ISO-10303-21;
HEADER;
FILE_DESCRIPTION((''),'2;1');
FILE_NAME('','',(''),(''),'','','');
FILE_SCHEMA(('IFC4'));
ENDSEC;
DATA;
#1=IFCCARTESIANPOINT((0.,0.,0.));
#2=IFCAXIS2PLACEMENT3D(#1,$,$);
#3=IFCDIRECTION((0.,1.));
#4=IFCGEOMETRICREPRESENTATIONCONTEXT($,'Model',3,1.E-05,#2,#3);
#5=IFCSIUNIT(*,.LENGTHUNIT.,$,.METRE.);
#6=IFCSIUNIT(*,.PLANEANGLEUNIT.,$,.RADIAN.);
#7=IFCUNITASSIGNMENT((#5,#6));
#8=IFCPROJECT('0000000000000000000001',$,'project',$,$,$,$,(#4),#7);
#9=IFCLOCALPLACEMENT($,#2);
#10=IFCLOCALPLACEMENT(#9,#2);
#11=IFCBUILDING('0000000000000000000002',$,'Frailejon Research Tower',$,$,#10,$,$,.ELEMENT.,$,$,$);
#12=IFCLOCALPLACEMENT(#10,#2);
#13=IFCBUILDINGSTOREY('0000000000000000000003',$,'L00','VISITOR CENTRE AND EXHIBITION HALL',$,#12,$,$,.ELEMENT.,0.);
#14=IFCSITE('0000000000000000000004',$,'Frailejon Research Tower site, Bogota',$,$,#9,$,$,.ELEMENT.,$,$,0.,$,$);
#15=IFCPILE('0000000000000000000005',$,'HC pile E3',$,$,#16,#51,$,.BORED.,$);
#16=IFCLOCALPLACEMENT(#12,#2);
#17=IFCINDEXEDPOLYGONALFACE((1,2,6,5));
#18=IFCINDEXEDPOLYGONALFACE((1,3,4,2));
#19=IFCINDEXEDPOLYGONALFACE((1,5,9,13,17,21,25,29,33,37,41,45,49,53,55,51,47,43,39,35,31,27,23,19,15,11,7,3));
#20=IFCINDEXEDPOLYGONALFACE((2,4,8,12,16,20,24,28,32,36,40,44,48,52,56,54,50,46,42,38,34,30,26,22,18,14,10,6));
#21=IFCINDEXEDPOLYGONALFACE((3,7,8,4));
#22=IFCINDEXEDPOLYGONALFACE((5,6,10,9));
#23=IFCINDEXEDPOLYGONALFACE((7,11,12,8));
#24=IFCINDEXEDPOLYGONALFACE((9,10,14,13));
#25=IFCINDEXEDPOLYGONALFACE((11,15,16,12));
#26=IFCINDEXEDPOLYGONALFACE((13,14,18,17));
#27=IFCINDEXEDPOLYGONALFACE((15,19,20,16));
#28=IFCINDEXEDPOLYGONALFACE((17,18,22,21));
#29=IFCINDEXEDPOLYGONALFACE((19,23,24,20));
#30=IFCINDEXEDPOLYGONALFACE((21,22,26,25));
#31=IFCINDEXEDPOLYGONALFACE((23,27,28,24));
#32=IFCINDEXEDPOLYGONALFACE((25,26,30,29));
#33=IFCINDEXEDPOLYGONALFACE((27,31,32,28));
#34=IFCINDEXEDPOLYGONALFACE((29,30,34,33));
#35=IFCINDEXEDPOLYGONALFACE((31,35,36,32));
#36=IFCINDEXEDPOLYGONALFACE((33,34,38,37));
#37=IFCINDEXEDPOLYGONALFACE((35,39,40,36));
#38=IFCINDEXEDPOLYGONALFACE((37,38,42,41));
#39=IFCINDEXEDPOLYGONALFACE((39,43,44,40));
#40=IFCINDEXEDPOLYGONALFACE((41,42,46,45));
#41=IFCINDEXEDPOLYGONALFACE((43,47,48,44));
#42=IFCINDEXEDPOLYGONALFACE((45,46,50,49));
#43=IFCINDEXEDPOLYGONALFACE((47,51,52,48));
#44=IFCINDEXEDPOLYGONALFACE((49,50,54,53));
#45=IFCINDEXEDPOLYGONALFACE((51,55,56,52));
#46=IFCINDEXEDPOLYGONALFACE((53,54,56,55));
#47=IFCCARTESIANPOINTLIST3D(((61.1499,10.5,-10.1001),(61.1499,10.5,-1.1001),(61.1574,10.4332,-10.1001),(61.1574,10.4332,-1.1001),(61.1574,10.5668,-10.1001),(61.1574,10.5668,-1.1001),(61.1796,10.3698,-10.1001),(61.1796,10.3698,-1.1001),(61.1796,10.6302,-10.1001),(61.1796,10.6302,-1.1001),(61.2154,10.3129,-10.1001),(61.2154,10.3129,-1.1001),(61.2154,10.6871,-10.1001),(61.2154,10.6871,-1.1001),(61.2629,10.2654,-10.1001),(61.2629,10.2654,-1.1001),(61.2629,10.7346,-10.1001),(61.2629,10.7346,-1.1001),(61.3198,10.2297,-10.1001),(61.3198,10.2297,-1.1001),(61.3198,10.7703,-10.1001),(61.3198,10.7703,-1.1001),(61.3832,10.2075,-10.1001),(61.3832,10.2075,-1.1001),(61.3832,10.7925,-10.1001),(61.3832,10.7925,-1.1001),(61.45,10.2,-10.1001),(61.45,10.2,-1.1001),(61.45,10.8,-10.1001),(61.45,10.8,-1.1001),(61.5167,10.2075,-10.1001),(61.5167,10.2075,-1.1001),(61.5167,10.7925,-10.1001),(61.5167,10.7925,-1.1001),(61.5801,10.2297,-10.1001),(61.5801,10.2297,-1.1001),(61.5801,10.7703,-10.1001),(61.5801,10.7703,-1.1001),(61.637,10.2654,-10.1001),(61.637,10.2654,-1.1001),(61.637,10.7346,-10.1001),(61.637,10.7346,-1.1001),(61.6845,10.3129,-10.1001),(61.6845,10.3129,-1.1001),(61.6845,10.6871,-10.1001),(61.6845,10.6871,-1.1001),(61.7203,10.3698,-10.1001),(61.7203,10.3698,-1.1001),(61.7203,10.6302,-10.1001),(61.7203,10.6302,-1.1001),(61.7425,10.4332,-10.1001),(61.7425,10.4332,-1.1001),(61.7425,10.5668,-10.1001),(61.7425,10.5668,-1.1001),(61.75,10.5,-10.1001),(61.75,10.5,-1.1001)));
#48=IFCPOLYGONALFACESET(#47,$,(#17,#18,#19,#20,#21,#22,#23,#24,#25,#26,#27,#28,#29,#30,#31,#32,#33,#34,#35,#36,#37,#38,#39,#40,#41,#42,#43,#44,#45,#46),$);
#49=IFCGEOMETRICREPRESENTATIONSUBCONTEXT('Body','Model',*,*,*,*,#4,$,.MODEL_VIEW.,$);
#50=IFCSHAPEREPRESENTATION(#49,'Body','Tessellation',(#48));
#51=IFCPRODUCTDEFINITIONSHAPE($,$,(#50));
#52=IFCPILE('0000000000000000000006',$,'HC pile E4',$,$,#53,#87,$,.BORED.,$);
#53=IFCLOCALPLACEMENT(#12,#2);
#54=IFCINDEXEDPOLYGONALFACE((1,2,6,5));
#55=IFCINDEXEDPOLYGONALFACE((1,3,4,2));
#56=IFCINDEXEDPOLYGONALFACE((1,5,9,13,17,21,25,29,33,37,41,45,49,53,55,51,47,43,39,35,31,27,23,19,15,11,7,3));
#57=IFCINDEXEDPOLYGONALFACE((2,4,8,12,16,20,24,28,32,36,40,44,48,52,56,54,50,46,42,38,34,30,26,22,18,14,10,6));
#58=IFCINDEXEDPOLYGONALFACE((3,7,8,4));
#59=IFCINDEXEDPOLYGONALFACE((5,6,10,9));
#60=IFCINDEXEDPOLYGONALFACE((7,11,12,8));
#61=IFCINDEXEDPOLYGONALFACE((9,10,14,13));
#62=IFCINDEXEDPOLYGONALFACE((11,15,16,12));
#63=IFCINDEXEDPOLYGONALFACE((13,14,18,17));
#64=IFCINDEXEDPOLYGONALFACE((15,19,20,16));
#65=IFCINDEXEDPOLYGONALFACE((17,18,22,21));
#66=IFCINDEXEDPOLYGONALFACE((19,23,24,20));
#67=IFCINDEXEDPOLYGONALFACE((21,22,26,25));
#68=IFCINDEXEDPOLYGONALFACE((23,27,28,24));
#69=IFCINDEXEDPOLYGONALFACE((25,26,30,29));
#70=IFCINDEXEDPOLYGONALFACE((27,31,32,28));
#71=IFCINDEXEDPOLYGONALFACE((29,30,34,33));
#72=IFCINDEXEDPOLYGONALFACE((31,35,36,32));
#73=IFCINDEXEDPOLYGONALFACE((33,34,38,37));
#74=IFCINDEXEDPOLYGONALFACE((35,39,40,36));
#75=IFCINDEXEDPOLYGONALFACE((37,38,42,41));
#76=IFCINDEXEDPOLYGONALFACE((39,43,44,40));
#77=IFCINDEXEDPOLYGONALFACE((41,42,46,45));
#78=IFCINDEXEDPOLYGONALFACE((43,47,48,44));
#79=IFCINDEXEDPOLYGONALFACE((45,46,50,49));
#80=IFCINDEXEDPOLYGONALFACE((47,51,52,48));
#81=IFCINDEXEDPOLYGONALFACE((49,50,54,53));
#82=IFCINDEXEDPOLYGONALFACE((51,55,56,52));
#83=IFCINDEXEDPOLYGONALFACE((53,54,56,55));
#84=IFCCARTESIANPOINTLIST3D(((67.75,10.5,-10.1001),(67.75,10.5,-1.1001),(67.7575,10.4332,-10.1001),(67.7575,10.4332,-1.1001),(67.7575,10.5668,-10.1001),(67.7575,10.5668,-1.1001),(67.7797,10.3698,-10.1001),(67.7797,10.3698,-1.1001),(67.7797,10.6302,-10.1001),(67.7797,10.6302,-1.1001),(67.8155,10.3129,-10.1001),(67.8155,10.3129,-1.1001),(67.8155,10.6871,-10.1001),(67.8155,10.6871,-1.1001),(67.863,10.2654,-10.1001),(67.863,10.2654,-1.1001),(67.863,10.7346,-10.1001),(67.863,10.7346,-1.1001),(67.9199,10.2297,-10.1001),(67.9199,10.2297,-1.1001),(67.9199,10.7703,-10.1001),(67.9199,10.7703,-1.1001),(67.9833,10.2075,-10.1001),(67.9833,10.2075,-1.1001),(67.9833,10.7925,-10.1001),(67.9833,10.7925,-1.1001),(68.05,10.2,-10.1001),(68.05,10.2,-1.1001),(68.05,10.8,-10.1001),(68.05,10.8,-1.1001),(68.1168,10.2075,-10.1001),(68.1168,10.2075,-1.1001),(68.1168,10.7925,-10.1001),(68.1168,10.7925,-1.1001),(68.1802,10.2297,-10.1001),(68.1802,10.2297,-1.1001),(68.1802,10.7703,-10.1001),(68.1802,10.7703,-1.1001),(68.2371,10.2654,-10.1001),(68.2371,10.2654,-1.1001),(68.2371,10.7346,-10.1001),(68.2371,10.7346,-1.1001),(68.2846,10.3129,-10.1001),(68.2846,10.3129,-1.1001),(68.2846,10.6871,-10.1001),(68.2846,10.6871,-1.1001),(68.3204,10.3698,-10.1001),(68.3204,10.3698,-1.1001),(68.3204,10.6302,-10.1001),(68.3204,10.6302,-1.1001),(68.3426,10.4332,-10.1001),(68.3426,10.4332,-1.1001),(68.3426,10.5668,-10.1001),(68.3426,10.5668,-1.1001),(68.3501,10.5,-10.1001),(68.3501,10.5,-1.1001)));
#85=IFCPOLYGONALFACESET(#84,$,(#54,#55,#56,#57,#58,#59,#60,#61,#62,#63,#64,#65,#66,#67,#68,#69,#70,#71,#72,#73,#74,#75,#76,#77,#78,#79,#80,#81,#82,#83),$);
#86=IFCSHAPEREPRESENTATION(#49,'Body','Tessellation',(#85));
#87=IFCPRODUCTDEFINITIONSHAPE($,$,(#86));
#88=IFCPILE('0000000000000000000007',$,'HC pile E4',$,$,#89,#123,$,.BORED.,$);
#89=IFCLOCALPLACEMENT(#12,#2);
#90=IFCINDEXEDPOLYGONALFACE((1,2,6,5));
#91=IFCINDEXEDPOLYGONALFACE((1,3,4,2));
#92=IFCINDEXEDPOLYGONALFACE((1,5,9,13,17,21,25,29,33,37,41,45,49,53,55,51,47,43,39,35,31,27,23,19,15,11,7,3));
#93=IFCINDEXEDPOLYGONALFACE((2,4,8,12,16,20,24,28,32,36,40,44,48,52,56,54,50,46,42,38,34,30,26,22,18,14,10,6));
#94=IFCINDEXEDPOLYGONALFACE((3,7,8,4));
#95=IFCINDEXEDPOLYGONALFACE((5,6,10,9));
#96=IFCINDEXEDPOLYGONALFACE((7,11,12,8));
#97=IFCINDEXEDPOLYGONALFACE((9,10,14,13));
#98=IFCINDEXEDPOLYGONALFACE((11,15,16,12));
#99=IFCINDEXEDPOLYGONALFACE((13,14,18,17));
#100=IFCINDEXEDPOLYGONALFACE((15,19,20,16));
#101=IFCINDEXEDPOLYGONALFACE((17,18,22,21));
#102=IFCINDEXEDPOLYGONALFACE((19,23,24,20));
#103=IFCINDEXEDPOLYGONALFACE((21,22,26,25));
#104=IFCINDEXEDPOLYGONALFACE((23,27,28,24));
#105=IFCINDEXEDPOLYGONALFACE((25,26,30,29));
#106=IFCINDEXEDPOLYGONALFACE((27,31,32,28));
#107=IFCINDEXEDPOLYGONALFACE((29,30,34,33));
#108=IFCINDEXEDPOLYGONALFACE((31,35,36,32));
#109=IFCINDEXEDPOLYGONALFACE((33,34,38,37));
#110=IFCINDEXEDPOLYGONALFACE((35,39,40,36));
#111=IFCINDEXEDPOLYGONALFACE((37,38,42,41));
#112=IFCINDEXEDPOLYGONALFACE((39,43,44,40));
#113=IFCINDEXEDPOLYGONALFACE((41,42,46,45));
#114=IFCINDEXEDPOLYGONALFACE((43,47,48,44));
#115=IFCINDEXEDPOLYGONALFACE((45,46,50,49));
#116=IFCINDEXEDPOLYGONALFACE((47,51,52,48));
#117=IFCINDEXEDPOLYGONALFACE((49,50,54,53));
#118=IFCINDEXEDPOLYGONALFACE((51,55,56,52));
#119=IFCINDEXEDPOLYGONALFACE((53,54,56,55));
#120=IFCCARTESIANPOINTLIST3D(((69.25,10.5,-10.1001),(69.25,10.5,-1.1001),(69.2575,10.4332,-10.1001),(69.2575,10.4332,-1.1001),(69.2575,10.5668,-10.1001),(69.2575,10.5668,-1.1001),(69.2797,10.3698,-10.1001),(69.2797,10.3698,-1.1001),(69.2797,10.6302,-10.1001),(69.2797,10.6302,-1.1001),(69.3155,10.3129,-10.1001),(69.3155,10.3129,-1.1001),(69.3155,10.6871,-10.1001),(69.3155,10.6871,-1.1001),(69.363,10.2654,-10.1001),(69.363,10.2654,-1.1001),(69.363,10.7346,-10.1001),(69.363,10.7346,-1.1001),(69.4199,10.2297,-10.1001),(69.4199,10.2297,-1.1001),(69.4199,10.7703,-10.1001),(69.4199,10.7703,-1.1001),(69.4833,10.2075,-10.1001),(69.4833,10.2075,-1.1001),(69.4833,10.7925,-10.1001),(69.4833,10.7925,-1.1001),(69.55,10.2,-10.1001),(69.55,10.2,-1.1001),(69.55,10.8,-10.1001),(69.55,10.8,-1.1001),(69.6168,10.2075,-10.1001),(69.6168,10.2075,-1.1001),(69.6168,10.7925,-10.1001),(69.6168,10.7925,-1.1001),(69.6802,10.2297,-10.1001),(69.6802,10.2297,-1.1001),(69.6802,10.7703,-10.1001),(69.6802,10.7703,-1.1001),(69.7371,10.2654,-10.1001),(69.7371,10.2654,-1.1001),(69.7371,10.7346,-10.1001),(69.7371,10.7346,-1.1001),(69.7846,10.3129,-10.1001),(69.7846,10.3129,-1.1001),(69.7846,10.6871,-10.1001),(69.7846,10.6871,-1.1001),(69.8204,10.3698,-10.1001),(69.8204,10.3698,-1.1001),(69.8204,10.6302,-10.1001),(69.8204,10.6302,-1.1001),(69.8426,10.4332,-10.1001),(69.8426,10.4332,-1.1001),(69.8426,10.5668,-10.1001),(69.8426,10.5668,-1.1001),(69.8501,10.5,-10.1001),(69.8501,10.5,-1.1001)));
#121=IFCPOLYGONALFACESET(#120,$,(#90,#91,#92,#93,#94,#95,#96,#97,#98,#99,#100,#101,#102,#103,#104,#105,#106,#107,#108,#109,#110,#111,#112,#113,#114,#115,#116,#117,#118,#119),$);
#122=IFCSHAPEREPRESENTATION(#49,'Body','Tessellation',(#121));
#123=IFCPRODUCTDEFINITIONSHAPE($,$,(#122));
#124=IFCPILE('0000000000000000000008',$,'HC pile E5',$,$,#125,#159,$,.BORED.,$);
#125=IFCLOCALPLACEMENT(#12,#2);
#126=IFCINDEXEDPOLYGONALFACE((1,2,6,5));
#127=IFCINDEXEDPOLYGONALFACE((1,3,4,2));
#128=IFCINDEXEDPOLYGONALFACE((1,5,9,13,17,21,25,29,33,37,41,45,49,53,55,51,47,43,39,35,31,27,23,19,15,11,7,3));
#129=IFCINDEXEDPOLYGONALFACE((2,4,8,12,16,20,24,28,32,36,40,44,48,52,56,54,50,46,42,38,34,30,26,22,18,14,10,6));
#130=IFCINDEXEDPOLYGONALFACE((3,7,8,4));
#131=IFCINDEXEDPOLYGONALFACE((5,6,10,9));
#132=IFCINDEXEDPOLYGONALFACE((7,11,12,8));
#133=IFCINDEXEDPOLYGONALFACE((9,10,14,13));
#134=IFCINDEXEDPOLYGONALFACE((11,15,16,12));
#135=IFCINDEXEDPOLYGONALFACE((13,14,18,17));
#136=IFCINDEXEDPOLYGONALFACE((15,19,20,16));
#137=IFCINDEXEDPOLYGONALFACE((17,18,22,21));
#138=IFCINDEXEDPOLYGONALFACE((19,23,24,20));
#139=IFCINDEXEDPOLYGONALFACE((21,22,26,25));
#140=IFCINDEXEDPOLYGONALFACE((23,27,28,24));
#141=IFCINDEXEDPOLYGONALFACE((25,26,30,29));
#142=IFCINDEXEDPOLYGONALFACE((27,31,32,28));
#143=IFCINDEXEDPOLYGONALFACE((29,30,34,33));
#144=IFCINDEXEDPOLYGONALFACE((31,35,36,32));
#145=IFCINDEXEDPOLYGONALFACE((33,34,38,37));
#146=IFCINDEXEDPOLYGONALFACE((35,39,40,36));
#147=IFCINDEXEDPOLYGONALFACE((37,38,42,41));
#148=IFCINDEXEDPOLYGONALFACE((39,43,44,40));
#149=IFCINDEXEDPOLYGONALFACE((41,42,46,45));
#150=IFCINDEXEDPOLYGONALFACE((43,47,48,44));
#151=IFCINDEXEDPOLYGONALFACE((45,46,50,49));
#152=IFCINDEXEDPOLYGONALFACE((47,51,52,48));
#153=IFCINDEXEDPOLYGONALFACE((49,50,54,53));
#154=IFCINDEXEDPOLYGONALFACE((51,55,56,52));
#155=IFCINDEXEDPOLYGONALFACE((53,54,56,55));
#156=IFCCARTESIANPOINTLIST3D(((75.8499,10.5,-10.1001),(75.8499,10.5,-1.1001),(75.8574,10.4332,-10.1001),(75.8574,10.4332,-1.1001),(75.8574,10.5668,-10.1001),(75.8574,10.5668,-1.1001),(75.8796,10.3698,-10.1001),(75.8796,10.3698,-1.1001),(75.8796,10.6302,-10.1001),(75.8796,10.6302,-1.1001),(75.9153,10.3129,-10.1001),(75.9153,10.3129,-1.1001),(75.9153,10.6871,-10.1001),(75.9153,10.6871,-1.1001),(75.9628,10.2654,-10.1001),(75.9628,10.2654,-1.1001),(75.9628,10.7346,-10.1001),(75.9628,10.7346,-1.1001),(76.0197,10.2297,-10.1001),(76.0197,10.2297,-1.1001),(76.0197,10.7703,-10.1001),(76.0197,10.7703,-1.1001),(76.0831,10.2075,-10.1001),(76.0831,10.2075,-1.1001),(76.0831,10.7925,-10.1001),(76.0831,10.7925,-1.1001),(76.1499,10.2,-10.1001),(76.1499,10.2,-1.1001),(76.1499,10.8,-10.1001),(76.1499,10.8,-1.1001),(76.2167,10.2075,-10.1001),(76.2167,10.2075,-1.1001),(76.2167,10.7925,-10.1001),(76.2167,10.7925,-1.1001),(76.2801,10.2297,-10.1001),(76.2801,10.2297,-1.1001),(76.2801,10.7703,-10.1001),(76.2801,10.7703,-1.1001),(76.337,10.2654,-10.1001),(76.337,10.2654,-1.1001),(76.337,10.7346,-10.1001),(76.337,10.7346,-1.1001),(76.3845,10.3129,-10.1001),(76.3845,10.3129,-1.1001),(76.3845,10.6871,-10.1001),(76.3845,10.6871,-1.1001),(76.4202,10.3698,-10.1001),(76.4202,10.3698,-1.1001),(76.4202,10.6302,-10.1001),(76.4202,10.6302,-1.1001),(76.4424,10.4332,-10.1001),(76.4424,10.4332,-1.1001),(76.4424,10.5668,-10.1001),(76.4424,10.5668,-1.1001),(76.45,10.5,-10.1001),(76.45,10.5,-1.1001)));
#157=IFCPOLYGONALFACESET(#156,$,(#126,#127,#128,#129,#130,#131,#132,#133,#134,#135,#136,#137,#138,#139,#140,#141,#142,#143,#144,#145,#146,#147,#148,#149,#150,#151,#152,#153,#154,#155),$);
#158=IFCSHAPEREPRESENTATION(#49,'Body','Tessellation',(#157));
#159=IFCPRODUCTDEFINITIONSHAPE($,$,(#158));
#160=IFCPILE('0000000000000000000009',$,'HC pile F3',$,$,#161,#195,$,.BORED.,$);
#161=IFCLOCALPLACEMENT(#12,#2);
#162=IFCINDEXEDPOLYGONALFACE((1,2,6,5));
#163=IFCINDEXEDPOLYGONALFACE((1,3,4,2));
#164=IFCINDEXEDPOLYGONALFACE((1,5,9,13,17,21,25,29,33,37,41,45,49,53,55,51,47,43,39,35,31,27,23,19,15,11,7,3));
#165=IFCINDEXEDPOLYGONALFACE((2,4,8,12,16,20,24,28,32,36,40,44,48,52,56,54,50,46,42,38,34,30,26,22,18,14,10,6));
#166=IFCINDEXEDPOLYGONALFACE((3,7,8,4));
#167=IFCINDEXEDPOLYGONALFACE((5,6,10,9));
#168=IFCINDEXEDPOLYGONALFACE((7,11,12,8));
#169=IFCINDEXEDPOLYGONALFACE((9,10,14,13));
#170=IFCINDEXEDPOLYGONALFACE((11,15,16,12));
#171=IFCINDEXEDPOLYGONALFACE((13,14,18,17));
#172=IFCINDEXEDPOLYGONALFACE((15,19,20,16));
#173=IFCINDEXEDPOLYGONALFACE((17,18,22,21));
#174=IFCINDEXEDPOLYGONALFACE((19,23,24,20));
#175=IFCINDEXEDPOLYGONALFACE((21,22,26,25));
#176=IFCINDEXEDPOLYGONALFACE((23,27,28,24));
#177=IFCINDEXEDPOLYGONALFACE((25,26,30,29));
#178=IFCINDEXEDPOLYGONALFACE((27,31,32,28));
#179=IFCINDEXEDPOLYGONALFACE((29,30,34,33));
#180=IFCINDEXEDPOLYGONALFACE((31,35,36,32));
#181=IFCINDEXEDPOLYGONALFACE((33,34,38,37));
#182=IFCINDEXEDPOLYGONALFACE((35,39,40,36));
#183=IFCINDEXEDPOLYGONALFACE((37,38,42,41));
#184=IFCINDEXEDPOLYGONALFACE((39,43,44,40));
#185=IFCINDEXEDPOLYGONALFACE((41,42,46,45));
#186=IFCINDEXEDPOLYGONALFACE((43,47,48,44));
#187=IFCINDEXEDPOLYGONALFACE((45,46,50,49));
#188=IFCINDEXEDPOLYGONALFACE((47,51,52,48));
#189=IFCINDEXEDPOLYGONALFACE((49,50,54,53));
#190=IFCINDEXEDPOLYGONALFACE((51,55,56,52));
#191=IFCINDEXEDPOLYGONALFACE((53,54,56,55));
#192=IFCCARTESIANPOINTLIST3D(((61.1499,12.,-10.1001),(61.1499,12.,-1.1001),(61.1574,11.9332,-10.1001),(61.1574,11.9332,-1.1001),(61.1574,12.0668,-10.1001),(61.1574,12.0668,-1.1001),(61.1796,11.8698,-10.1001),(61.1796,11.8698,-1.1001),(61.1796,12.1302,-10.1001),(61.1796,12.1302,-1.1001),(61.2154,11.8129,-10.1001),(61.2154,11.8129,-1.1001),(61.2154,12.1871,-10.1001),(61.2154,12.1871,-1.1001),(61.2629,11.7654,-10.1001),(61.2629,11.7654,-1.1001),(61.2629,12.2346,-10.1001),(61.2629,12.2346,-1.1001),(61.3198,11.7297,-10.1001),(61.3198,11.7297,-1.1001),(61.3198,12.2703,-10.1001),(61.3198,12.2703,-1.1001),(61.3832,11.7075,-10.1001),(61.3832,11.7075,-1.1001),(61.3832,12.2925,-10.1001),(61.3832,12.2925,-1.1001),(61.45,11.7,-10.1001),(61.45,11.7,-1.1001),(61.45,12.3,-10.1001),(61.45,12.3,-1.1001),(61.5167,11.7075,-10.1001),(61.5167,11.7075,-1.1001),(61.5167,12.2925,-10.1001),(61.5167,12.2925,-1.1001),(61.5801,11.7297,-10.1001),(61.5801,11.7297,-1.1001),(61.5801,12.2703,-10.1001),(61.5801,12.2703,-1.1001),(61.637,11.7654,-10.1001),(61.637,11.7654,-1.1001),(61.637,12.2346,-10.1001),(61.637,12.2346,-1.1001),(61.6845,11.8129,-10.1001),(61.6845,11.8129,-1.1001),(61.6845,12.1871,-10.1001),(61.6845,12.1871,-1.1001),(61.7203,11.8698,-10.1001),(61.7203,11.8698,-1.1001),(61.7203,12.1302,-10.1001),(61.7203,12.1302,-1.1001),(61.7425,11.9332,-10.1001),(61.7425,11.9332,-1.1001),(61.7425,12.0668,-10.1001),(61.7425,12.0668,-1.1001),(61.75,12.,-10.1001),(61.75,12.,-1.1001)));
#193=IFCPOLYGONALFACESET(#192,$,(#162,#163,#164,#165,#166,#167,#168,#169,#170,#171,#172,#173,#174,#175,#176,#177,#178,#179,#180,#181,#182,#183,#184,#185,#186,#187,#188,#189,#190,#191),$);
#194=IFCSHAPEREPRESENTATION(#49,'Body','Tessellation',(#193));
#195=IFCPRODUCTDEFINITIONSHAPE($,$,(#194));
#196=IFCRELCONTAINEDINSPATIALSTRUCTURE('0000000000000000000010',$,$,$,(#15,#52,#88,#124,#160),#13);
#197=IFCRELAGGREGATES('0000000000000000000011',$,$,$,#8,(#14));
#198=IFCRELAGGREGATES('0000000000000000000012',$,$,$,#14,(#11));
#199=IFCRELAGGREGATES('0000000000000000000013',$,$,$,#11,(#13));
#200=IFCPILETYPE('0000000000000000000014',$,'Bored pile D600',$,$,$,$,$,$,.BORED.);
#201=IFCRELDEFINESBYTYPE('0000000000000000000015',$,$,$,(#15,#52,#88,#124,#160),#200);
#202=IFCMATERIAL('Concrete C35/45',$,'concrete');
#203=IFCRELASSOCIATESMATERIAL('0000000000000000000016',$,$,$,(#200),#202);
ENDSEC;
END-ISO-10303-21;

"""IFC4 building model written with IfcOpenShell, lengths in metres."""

from ifc_helpers import new_model, si_unit, direction, frame, origin, origin_2d, place, context, subcontext, project, spatial, circle, extrude, material, material_profile, profile_set, type_object, element, save


model = new_model("IFC4")

# Units and contexts
model_context = context("Model", 3, precision=1e-05, world=origin(), true_north=direction((0.0, 1.0)))
body_context = subcontext(model_context, "Body", "Model", "MODEL_VIEW")
ifc_project = project(units=[si_unit("LENGTHUNIT", "METRE"), si_unit("PLANEANGLEUNIT", "RADIAN")], contexts=[model_context])

# Site, building, storey
site_placement = place(None, origin())
site = spatial("IfcSite", under=ifc_project, at=site_placement, Name="Frailejon Research Tower site, Bogota", CompositionType="ELEMENT", RefElevation=0.0)
building_placement = place(site_placement, origin())
building = spatial("IfcBuilding", under=site, at=building_placement, Name="Frailejon Research Tower", CompositionType="ELEMENT")
storey_placement = place(building_placement, origin())
storey = spatial("IfcBuildingStorey", under=building, at=storey_placement, Name="L00", Description="VISITOR CENTRE AND EXHIBITION HALL", CompositionType="ELEMENT", Elevation=0.0)

# Piles
ifc_material_1 = material(Name="Concrete C35/45", Category="concrete")
ifc_material_profile_1 = material_profile(ifc_material_1, circle(Radius=0.3, at=origin_2d()), Name="Bored pile D600")
ifc_profile_set_1 = profile_set([ifc_material_profile_1], Name="Concrete C35/45")
pile_type = type_object("IfcPileType", Name="Bored pile D600", PredefinedType="BORED", material=ifc_profile_set_1)
for number, where, z_axis, x_axis, name in (
    (1, (61.45, 10.5, -1.1001), (0.0, 0.0, -1.0), (1.0, 0.0, 0.0), "HC pile E3"),
    (2, (68.05, 10.5, -1.1001), (0.0, 0.0, -1.0), (1.0, 0.0, 0.0), "HC pile E4"),
    (3, (69.55, 10.5, -1.1001), (0.0, 0.0, -1.0), (1.0, 0.0, 0.0), "HC pile E4"),
    (4, (76.1499, 10.5, -1.1001), (0.0, 0.0, -1.0), (1.0, 0.0, 0.0), "HC pile E5"),
    (5, (61.45, 12.0, -1.1001), (0.0, 0.0, -1.0), (1.0, 0.0, 0.0), "HC pile F3"),
):
    element("IfcPile", number, at=place(storey_placement, frame(where, z_axis=z_axis, x_axis=x_axis)), inside=storey, type_object=pile_type, Name=name, PredefinedType="BORED", context=body_context, shape_type="SweptSolid", body=[
        extrude(circle(Radius=0.3, at=origin_2d()), origin(), (0.0, 0.0, 1.0), 9.0),
    ])

save(model, "model.ifc")
